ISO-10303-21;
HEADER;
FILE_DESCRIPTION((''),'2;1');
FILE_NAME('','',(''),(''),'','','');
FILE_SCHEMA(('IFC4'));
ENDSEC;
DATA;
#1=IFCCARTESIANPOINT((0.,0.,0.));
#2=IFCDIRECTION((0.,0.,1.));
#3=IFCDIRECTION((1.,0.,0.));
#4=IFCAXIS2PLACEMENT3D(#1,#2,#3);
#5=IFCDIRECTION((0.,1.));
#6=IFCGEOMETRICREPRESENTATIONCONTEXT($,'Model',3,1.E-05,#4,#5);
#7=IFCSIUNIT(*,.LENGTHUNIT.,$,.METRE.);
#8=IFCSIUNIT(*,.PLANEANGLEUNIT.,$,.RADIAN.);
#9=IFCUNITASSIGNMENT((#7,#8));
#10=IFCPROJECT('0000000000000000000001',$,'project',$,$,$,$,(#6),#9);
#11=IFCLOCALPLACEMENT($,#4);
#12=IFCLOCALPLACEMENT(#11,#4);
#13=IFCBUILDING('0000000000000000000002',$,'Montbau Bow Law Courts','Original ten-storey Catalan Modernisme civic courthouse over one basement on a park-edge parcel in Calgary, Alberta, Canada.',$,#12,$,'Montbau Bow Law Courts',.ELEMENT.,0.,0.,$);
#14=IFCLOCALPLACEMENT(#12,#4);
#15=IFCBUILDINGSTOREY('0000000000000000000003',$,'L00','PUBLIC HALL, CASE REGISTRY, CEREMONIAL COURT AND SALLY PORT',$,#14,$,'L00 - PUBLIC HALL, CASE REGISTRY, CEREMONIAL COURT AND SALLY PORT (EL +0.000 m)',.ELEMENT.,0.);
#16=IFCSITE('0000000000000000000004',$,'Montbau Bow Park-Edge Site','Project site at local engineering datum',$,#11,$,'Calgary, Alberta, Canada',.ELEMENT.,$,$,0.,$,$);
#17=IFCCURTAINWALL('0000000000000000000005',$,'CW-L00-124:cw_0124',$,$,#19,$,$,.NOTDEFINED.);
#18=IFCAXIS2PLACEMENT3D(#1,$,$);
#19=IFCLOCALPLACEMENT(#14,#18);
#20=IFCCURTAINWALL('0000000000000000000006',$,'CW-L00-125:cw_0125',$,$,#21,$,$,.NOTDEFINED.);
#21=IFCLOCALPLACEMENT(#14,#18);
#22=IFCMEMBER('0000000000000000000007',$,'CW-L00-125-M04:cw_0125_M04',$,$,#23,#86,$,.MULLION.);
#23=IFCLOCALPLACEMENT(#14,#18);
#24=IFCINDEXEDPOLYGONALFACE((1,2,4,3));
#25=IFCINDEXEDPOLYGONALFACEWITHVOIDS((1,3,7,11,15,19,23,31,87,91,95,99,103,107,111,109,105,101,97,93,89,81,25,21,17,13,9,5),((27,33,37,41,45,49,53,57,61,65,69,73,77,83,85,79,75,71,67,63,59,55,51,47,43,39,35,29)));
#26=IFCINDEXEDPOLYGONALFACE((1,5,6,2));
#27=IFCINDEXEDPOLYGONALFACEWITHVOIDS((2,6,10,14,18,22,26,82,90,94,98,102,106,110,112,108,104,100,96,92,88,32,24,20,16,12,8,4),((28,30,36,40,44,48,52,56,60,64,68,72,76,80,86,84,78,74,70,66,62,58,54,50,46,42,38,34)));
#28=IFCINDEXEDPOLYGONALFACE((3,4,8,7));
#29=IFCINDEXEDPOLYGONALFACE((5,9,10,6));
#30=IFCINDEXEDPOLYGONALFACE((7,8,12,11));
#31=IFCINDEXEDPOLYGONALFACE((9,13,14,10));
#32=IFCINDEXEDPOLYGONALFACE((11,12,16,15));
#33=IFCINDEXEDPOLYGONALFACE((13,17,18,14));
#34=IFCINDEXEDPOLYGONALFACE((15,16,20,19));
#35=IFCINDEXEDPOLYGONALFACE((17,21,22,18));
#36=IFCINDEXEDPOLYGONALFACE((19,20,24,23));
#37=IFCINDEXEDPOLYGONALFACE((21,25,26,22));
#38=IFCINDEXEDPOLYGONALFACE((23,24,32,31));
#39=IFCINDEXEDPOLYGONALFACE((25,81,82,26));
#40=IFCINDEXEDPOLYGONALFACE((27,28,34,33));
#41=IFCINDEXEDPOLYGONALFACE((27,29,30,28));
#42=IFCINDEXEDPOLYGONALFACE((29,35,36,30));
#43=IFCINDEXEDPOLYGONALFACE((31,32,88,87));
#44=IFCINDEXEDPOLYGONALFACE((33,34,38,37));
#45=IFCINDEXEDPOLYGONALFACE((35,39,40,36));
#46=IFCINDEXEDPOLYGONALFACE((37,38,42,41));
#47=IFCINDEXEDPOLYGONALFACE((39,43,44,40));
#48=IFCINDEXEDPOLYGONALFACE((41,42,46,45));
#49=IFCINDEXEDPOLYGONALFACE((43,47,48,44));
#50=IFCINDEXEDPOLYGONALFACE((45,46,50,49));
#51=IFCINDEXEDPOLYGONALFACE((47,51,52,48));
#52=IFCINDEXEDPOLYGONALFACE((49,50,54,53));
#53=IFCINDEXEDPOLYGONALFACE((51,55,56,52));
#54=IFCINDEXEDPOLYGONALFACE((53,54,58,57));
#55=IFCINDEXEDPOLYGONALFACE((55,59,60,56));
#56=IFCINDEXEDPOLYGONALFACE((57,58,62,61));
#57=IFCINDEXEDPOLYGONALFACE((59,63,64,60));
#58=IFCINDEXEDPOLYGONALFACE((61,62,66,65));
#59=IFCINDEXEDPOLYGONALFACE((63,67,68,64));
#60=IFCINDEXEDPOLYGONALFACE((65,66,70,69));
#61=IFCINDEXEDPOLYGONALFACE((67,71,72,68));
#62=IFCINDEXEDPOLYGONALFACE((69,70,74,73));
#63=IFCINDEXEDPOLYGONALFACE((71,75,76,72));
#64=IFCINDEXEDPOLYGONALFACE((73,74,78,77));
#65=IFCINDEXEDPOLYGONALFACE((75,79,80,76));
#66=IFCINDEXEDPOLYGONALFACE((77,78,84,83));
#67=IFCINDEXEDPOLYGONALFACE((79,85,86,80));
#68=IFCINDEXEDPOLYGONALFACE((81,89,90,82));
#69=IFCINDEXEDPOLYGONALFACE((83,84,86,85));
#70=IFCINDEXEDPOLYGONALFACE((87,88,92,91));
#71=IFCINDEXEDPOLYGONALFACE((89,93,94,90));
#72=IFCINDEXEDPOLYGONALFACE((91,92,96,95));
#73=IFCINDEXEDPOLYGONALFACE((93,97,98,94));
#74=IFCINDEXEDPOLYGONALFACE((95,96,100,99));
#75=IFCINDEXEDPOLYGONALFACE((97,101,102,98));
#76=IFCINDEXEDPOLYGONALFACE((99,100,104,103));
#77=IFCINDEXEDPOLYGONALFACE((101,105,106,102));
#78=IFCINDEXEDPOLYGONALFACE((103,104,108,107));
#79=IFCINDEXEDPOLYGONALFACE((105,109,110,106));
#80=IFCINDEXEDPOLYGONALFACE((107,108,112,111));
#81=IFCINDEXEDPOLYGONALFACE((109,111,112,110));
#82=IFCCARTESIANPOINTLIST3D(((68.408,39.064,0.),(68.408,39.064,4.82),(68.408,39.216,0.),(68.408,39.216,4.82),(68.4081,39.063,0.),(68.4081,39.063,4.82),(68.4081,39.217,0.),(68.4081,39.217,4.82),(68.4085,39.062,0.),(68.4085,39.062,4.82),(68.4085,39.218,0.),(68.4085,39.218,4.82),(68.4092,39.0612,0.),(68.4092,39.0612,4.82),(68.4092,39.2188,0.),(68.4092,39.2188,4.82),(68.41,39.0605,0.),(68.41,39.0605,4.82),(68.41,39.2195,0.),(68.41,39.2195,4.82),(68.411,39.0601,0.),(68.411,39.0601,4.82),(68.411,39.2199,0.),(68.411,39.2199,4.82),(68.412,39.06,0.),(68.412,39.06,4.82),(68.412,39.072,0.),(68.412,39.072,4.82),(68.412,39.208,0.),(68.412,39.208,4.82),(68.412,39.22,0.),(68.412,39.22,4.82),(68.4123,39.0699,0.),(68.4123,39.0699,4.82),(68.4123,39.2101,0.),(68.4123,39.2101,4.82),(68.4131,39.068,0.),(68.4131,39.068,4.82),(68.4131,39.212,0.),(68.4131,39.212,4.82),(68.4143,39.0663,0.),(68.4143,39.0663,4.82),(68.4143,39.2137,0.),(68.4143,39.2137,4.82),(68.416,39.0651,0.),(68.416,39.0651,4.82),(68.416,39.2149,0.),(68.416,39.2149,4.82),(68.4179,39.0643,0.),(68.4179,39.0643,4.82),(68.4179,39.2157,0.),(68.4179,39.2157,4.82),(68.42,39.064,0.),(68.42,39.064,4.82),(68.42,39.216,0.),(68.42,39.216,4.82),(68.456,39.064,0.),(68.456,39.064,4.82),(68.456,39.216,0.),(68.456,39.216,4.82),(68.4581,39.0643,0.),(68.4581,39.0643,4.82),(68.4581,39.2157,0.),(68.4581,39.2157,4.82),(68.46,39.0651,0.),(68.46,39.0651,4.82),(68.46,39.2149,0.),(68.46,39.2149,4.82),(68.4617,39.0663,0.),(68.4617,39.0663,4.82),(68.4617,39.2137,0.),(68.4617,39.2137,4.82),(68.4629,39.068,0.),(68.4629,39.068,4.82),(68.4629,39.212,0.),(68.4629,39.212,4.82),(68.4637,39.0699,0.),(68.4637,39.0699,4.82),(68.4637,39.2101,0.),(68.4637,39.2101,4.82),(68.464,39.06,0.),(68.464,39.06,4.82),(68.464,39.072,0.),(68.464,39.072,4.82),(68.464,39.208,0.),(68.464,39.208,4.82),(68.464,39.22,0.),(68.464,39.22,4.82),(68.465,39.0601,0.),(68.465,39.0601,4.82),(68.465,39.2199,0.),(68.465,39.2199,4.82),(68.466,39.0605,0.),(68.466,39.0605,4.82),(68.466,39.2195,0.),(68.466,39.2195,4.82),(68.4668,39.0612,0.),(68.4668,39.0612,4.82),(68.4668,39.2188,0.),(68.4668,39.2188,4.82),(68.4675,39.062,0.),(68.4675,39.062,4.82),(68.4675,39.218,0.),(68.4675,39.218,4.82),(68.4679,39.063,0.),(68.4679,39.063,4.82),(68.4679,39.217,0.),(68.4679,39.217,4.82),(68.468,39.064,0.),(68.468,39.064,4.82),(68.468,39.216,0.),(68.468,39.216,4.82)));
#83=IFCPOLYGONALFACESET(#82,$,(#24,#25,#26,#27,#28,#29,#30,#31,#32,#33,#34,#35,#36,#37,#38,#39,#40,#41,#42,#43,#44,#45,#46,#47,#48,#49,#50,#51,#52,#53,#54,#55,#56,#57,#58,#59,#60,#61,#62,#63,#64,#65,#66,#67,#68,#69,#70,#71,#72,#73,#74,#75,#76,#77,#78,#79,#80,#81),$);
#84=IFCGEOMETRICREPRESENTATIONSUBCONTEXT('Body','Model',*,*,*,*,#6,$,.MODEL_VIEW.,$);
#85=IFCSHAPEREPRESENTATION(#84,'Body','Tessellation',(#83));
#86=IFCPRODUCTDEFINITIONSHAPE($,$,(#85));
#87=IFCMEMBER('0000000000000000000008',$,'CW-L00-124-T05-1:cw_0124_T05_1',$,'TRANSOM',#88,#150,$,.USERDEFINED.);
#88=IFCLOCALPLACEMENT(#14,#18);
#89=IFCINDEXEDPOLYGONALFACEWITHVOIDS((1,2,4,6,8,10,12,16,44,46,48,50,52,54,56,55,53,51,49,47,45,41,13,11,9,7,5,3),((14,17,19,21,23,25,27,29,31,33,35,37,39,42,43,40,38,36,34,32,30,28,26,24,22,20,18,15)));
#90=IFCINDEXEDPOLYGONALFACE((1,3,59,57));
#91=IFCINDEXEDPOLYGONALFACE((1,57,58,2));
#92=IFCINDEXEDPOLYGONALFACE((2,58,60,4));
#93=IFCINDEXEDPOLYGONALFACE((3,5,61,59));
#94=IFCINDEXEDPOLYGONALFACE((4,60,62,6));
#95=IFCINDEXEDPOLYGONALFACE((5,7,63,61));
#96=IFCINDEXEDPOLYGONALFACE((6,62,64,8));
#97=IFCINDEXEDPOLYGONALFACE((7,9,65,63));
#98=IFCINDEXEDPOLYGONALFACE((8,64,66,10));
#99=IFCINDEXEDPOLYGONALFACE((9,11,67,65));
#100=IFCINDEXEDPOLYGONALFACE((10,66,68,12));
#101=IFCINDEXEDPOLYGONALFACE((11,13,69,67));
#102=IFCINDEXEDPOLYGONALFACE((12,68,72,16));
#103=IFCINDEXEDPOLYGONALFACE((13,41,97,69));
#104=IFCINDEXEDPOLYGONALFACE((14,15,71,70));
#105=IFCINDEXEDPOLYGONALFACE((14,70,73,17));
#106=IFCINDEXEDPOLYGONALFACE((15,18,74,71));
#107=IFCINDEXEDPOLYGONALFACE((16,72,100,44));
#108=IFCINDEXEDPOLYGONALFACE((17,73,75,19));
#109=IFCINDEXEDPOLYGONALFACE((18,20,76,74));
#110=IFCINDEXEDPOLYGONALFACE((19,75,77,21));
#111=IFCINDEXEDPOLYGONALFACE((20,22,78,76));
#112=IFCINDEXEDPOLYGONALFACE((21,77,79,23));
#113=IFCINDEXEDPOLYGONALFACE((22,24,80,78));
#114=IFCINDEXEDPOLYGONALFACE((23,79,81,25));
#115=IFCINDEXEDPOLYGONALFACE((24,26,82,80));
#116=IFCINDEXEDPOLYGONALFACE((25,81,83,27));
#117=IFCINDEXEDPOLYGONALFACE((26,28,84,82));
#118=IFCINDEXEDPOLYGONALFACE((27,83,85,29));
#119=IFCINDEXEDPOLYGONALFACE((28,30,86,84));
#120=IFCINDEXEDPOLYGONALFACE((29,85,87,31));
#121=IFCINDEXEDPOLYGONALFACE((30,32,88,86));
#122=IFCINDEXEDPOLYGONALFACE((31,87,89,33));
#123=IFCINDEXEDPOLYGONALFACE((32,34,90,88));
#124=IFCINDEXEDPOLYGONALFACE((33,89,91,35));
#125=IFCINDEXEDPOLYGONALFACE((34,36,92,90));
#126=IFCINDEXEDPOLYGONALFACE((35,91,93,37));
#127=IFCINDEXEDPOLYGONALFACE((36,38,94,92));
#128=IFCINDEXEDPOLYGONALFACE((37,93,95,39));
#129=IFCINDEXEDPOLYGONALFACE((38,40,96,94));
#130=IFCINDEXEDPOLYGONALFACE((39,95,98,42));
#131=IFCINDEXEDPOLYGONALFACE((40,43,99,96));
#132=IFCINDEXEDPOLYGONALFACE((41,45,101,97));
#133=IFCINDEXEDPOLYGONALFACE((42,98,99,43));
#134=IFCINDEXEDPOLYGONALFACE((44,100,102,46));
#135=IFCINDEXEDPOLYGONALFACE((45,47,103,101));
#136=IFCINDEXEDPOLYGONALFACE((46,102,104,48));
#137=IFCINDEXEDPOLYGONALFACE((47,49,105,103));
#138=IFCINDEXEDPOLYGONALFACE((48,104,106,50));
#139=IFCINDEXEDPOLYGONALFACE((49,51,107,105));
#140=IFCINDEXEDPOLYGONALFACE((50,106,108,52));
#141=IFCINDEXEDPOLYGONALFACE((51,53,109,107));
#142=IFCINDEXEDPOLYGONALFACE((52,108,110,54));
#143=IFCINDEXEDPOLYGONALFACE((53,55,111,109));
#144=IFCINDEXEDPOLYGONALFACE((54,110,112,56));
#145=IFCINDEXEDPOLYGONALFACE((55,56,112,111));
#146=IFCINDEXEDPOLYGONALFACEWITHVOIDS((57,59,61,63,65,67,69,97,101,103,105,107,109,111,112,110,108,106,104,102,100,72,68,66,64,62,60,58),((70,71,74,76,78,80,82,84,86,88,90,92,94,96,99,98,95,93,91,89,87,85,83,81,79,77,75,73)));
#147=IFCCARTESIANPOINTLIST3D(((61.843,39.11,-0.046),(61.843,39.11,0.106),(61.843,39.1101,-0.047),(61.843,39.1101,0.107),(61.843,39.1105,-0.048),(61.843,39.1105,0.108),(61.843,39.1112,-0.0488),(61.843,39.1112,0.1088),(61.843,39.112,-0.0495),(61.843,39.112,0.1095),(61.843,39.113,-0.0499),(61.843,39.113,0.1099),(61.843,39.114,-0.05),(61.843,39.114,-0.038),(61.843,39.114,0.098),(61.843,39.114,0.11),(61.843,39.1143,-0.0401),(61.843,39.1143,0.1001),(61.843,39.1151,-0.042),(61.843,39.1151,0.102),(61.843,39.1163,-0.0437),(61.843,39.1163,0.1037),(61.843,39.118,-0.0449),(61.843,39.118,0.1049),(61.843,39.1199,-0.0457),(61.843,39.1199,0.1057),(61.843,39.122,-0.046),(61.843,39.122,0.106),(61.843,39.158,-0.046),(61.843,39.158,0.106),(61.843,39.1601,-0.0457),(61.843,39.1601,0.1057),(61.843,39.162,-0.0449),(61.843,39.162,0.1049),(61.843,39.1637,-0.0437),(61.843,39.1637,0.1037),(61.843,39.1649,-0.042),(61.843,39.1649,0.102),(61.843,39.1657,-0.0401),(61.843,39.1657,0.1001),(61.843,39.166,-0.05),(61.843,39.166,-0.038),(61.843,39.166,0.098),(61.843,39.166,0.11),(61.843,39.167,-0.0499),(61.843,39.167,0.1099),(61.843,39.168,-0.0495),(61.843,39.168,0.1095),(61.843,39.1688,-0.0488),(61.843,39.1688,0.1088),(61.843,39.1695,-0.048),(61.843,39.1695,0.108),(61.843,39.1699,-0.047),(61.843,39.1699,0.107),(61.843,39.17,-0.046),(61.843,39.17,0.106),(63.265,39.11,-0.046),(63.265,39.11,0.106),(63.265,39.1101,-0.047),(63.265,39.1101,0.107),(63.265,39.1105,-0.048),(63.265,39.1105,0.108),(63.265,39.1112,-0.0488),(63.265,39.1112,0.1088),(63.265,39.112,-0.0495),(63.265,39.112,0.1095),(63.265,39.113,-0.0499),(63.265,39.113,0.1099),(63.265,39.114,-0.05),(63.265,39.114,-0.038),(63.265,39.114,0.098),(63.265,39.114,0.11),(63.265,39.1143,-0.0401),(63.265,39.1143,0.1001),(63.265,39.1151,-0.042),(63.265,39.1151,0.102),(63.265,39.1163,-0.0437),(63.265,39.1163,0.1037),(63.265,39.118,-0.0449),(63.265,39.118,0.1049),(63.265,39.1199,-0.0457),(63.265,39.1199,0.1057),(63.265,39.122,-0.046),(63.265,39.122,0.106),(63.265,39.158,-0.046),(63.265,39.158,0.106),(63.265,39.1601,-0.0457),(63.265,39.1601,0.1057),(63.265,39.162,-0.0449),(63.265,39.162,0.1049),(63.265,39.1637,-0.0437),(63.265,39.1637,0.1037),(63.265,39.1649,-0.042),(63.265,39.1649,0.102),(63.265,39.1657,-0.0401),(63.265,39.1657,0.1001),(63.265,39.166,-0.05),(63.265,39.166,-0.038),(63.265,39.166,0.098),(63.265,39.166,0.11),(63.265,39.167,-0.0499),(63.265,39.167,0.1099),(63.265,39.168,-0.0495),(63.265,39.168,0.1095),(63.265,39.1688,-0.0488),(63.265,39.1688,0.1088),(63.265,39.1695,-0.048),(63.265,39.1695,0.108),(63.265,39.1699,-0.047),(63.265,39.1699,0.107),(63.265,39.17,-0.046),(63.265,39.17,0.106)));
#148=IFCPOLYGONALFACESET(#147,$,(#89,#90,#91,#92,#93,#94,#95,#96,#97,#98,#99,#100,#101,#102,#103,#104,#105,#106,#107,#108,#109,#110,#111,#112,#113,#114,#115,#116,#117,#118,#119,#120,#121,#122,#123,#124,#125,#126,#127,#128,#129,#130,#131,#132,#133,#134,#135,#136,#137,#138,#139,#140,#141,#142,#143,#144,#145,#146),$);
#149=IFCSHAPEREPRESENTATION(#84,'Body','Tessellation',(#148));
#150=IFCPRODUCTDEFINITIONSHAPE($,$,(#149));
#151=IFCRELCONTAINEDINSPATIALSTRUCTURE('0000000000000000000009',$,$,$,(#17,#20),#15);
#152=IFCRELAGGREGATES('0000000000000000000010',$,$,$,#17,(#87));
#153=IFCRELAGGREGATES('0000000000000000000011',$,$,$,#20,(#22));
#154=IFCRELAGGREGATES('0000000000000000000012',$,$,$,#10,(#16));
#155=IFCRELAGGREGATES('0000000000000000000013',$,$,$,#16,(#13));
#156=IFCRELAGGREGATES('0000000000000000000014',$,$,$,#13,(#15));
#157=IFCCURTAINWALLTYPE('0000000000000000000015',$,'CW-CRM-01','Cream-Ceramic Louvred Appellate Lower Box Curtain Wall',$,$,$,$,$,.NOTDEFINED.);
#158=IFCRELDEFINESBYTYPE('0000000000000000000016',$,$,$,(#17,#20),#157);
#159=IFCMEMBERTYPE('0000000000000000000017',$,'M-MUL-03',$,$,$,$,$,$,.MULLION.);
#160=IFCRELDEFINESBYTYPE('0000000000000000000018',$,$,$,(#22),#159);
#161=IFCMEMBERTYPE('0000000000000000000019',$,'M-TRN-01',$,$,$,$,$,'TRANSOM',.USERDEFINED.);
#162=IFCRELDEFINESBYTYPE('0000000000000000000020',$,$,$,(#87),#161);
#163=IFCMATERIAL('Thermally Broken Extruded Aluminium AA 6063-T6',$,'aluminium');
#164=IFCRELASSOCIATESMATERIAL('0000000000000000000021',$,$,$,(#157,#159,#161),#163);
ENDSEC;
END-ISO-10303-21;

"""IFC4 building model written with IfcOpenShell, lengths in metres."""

from ifc_helpers import new_model, si_unit, direction, frame, origin_with_axes, origin_2d_with_axis, place, context, subcontext, project, spatial, hollow_rectangle, extrude, material, material_profile, profile_set, type_object, element, aggregate, save


model = new_model("IFC4")

# Units and contexts
model_context = context("Model", 3, precision=1e-05, world=origin_with_axes(), true_north=direction((0.0, 1.0)))
body_context = subcontext(model_context, "Body", "Model", "MODEL_VIEW")
ifc_project = project(units=[si_unit("LENGTHUNIT", "METRE"), si_unit("PLANEANGLEUNIT", "RADIAN")], contexts=[model_context])

# Site, building, storey
site_placement = place(None, origin_with_axes())
site = spatial("IfcSite", under=ifc_project, at=site_placement, Name="Montbau Bow Park-Edge Site", Description="Project site at local engineering datum", LongName="Calgary, Alberta, Canada", CompositionType="ELEMENT", RefElevation=0.0)
building_placement = place(site_placement, origin_with_axes())
building = spatial("IfcBuilding", under=site, at=building_placement, Name="Montbau Bow Law Courts", Description="Original ten-storey Catalan Modernisme civic courthouse over one basement on a park-edge parcel in Calgary, Alberta, Canada.", LongName="Montbau Bow Law Courts", CompositionType="ELEMENT", ElevationOfRefHeight=0.0, ElevationOfTerrain=0.0)
storey_placement = place(building_placement, origin_with_axes())
storey = spatial("IfcBuildingStorey", under=building, at=storey_placement, Name="L00", Description="PUBLIC HALL, CASE REGISTRY, CEREMONIAL COURT AND SALLY PORT", LongName="L00 - PUBLIC HALL, CASE REGISTRY, CEREMONIAL COURT AND SALLY PORT (EL +0.000 m)", CompositionType="ELEMENT", Elevation=0.0)

# Curtain wall
ifc_material_1 = material(Name="Thermally Broken Extruded Aluminium AA 6063-T6", Category="aluminium")
curtain_wall_type = type_object("IfcCurtainWallType", Name="CW-CRM-01", Description="Cream-Ceramic Louvred Appellate Lower Box Curtain Wall", PredefinedType="NOTDEFINED", material=ifc_material_1)
curtain_wall_1_placement = place(None, frame((55.715, 39.14, 0.0), z_axis=(0.0, 0.0, 1.0), x_axis=(1.0, 0.0, 0.0)))
curtain_wall_1 = element("IfcCurtainWall", 1, at=curtain_wall_1_placement, inside=storey, type_object=curtain_wall_type, Name="CW-L00-124:cw_0124", PredefinedType="NOTDEFINED")

# Curtain wall, member
curtain_wall_2_placement = place(None, frame((63.868, 39.14, 0.0), z_axis=(0.0, 0.0, 1.0), x_axis=(1.0, 0.0, 0.0)))
curtain_wall_2 = element("IfcCurtainWall", 2, at=curtain_wall_2_placement, inside=storey, type_object=curtain_wall_type, Name="CW-L00-125:cw_0125", PredefinedType="NOTDEFINED")
ifc_material_profile_1 = material_profile(ifc_material_1, hollow_rectangle(XDim=0.06, YDim=0.16, WallThickness=0.004, InnerFilletRadius=0.008, OuterFilletRadius=0.004, at=origin_2d_with_axis()), Name="CWM-160X60", Category="Main", Priority=0)
ifc_profile_set_1 = profile_set([ifc_material_profile_1], Name="Thermally Broken Extruded Aluminium AA 6063-T6")
member_type_1 = type_object("IfcMemberType", Name="M-MUL-03", PredefinedType="MULLION", material=ifc_profile_set_1)
member_1_placement = place(None, frame((68.438, 39.14, 0.0), z_axis=(0.0, 0.0, 1.0), x_axis=(1.0, 0.0, 0.0)))
member_1 = element("IfcMember", 3, at=member_1_placement, type_object=member_type_1, Name="CW-L00-125-M04:cw_0125_M04", PredefinedType="MULLION", context=body_context, shape_type="SweptSolid", body=[
    extrude(hollow_rectangle(XDim=0.06, YDim=0.16, WallThickness=0.004, InnerFilletRadius=0.008, OuterFilletRadius=0.004, at=origin_2d_with_axis()), origin_with_axes(), (0.0, 0.0, 1.0), 4.82),
])

# Member
ifc_material_profile_2 = material_profile(ifc_material_1, hollow_rectangle(XDim=0.06, YDim=0.16, WallThickness=0.004, InnerFilletRadius=0.008, OuterFilletRadius=0.004, at=origin_2d_with_axis()), Name="CWT-160X60", Category="Main", Priority=0)
ifc_profile_set_2 = profile_set([ifc_material_profile_2], Name="Thermally Broken Extruded Aluminium AA 6063-T6")
member_type_2 = type_object("IfcMemberType", Name="M-TRN-01", ElementType="TRANSOM", PredefinedType="USERDEFINED", material=ifc_profile_set_2)
member_2_placement = place(None, frame((61.843, 39.14, 0.03), z_axis=(1.0, 0.0, 0.0), x_axis=(0.0, 1.0, 0.0)))
member_2 = element("IfcMember", 4, at=member_2_placement, type_object=member_type_2, Name="CW-L00-124-T05-1:cw_0124_T05_1", ObjectType="TRANSOM", PredefinedType="USERDEFINED", context=body_context, shape_type="SweptSolid", body=[
    extrude(hollow_rectangle(XDim=0.06, YDim=0.16, WallThickness=0.004, InnerFilletRadius=0.008, OuterFilletRadius=0.004, at=origin_2d_with_axis()), origin_with_axes(), (0.0, 0.0, 1.0), 1.422),
])
aggregate(curtain_wall_1, [member_2])

aggregate(curtain_wall_2, [member_1])

save(model, "model.ifc")
